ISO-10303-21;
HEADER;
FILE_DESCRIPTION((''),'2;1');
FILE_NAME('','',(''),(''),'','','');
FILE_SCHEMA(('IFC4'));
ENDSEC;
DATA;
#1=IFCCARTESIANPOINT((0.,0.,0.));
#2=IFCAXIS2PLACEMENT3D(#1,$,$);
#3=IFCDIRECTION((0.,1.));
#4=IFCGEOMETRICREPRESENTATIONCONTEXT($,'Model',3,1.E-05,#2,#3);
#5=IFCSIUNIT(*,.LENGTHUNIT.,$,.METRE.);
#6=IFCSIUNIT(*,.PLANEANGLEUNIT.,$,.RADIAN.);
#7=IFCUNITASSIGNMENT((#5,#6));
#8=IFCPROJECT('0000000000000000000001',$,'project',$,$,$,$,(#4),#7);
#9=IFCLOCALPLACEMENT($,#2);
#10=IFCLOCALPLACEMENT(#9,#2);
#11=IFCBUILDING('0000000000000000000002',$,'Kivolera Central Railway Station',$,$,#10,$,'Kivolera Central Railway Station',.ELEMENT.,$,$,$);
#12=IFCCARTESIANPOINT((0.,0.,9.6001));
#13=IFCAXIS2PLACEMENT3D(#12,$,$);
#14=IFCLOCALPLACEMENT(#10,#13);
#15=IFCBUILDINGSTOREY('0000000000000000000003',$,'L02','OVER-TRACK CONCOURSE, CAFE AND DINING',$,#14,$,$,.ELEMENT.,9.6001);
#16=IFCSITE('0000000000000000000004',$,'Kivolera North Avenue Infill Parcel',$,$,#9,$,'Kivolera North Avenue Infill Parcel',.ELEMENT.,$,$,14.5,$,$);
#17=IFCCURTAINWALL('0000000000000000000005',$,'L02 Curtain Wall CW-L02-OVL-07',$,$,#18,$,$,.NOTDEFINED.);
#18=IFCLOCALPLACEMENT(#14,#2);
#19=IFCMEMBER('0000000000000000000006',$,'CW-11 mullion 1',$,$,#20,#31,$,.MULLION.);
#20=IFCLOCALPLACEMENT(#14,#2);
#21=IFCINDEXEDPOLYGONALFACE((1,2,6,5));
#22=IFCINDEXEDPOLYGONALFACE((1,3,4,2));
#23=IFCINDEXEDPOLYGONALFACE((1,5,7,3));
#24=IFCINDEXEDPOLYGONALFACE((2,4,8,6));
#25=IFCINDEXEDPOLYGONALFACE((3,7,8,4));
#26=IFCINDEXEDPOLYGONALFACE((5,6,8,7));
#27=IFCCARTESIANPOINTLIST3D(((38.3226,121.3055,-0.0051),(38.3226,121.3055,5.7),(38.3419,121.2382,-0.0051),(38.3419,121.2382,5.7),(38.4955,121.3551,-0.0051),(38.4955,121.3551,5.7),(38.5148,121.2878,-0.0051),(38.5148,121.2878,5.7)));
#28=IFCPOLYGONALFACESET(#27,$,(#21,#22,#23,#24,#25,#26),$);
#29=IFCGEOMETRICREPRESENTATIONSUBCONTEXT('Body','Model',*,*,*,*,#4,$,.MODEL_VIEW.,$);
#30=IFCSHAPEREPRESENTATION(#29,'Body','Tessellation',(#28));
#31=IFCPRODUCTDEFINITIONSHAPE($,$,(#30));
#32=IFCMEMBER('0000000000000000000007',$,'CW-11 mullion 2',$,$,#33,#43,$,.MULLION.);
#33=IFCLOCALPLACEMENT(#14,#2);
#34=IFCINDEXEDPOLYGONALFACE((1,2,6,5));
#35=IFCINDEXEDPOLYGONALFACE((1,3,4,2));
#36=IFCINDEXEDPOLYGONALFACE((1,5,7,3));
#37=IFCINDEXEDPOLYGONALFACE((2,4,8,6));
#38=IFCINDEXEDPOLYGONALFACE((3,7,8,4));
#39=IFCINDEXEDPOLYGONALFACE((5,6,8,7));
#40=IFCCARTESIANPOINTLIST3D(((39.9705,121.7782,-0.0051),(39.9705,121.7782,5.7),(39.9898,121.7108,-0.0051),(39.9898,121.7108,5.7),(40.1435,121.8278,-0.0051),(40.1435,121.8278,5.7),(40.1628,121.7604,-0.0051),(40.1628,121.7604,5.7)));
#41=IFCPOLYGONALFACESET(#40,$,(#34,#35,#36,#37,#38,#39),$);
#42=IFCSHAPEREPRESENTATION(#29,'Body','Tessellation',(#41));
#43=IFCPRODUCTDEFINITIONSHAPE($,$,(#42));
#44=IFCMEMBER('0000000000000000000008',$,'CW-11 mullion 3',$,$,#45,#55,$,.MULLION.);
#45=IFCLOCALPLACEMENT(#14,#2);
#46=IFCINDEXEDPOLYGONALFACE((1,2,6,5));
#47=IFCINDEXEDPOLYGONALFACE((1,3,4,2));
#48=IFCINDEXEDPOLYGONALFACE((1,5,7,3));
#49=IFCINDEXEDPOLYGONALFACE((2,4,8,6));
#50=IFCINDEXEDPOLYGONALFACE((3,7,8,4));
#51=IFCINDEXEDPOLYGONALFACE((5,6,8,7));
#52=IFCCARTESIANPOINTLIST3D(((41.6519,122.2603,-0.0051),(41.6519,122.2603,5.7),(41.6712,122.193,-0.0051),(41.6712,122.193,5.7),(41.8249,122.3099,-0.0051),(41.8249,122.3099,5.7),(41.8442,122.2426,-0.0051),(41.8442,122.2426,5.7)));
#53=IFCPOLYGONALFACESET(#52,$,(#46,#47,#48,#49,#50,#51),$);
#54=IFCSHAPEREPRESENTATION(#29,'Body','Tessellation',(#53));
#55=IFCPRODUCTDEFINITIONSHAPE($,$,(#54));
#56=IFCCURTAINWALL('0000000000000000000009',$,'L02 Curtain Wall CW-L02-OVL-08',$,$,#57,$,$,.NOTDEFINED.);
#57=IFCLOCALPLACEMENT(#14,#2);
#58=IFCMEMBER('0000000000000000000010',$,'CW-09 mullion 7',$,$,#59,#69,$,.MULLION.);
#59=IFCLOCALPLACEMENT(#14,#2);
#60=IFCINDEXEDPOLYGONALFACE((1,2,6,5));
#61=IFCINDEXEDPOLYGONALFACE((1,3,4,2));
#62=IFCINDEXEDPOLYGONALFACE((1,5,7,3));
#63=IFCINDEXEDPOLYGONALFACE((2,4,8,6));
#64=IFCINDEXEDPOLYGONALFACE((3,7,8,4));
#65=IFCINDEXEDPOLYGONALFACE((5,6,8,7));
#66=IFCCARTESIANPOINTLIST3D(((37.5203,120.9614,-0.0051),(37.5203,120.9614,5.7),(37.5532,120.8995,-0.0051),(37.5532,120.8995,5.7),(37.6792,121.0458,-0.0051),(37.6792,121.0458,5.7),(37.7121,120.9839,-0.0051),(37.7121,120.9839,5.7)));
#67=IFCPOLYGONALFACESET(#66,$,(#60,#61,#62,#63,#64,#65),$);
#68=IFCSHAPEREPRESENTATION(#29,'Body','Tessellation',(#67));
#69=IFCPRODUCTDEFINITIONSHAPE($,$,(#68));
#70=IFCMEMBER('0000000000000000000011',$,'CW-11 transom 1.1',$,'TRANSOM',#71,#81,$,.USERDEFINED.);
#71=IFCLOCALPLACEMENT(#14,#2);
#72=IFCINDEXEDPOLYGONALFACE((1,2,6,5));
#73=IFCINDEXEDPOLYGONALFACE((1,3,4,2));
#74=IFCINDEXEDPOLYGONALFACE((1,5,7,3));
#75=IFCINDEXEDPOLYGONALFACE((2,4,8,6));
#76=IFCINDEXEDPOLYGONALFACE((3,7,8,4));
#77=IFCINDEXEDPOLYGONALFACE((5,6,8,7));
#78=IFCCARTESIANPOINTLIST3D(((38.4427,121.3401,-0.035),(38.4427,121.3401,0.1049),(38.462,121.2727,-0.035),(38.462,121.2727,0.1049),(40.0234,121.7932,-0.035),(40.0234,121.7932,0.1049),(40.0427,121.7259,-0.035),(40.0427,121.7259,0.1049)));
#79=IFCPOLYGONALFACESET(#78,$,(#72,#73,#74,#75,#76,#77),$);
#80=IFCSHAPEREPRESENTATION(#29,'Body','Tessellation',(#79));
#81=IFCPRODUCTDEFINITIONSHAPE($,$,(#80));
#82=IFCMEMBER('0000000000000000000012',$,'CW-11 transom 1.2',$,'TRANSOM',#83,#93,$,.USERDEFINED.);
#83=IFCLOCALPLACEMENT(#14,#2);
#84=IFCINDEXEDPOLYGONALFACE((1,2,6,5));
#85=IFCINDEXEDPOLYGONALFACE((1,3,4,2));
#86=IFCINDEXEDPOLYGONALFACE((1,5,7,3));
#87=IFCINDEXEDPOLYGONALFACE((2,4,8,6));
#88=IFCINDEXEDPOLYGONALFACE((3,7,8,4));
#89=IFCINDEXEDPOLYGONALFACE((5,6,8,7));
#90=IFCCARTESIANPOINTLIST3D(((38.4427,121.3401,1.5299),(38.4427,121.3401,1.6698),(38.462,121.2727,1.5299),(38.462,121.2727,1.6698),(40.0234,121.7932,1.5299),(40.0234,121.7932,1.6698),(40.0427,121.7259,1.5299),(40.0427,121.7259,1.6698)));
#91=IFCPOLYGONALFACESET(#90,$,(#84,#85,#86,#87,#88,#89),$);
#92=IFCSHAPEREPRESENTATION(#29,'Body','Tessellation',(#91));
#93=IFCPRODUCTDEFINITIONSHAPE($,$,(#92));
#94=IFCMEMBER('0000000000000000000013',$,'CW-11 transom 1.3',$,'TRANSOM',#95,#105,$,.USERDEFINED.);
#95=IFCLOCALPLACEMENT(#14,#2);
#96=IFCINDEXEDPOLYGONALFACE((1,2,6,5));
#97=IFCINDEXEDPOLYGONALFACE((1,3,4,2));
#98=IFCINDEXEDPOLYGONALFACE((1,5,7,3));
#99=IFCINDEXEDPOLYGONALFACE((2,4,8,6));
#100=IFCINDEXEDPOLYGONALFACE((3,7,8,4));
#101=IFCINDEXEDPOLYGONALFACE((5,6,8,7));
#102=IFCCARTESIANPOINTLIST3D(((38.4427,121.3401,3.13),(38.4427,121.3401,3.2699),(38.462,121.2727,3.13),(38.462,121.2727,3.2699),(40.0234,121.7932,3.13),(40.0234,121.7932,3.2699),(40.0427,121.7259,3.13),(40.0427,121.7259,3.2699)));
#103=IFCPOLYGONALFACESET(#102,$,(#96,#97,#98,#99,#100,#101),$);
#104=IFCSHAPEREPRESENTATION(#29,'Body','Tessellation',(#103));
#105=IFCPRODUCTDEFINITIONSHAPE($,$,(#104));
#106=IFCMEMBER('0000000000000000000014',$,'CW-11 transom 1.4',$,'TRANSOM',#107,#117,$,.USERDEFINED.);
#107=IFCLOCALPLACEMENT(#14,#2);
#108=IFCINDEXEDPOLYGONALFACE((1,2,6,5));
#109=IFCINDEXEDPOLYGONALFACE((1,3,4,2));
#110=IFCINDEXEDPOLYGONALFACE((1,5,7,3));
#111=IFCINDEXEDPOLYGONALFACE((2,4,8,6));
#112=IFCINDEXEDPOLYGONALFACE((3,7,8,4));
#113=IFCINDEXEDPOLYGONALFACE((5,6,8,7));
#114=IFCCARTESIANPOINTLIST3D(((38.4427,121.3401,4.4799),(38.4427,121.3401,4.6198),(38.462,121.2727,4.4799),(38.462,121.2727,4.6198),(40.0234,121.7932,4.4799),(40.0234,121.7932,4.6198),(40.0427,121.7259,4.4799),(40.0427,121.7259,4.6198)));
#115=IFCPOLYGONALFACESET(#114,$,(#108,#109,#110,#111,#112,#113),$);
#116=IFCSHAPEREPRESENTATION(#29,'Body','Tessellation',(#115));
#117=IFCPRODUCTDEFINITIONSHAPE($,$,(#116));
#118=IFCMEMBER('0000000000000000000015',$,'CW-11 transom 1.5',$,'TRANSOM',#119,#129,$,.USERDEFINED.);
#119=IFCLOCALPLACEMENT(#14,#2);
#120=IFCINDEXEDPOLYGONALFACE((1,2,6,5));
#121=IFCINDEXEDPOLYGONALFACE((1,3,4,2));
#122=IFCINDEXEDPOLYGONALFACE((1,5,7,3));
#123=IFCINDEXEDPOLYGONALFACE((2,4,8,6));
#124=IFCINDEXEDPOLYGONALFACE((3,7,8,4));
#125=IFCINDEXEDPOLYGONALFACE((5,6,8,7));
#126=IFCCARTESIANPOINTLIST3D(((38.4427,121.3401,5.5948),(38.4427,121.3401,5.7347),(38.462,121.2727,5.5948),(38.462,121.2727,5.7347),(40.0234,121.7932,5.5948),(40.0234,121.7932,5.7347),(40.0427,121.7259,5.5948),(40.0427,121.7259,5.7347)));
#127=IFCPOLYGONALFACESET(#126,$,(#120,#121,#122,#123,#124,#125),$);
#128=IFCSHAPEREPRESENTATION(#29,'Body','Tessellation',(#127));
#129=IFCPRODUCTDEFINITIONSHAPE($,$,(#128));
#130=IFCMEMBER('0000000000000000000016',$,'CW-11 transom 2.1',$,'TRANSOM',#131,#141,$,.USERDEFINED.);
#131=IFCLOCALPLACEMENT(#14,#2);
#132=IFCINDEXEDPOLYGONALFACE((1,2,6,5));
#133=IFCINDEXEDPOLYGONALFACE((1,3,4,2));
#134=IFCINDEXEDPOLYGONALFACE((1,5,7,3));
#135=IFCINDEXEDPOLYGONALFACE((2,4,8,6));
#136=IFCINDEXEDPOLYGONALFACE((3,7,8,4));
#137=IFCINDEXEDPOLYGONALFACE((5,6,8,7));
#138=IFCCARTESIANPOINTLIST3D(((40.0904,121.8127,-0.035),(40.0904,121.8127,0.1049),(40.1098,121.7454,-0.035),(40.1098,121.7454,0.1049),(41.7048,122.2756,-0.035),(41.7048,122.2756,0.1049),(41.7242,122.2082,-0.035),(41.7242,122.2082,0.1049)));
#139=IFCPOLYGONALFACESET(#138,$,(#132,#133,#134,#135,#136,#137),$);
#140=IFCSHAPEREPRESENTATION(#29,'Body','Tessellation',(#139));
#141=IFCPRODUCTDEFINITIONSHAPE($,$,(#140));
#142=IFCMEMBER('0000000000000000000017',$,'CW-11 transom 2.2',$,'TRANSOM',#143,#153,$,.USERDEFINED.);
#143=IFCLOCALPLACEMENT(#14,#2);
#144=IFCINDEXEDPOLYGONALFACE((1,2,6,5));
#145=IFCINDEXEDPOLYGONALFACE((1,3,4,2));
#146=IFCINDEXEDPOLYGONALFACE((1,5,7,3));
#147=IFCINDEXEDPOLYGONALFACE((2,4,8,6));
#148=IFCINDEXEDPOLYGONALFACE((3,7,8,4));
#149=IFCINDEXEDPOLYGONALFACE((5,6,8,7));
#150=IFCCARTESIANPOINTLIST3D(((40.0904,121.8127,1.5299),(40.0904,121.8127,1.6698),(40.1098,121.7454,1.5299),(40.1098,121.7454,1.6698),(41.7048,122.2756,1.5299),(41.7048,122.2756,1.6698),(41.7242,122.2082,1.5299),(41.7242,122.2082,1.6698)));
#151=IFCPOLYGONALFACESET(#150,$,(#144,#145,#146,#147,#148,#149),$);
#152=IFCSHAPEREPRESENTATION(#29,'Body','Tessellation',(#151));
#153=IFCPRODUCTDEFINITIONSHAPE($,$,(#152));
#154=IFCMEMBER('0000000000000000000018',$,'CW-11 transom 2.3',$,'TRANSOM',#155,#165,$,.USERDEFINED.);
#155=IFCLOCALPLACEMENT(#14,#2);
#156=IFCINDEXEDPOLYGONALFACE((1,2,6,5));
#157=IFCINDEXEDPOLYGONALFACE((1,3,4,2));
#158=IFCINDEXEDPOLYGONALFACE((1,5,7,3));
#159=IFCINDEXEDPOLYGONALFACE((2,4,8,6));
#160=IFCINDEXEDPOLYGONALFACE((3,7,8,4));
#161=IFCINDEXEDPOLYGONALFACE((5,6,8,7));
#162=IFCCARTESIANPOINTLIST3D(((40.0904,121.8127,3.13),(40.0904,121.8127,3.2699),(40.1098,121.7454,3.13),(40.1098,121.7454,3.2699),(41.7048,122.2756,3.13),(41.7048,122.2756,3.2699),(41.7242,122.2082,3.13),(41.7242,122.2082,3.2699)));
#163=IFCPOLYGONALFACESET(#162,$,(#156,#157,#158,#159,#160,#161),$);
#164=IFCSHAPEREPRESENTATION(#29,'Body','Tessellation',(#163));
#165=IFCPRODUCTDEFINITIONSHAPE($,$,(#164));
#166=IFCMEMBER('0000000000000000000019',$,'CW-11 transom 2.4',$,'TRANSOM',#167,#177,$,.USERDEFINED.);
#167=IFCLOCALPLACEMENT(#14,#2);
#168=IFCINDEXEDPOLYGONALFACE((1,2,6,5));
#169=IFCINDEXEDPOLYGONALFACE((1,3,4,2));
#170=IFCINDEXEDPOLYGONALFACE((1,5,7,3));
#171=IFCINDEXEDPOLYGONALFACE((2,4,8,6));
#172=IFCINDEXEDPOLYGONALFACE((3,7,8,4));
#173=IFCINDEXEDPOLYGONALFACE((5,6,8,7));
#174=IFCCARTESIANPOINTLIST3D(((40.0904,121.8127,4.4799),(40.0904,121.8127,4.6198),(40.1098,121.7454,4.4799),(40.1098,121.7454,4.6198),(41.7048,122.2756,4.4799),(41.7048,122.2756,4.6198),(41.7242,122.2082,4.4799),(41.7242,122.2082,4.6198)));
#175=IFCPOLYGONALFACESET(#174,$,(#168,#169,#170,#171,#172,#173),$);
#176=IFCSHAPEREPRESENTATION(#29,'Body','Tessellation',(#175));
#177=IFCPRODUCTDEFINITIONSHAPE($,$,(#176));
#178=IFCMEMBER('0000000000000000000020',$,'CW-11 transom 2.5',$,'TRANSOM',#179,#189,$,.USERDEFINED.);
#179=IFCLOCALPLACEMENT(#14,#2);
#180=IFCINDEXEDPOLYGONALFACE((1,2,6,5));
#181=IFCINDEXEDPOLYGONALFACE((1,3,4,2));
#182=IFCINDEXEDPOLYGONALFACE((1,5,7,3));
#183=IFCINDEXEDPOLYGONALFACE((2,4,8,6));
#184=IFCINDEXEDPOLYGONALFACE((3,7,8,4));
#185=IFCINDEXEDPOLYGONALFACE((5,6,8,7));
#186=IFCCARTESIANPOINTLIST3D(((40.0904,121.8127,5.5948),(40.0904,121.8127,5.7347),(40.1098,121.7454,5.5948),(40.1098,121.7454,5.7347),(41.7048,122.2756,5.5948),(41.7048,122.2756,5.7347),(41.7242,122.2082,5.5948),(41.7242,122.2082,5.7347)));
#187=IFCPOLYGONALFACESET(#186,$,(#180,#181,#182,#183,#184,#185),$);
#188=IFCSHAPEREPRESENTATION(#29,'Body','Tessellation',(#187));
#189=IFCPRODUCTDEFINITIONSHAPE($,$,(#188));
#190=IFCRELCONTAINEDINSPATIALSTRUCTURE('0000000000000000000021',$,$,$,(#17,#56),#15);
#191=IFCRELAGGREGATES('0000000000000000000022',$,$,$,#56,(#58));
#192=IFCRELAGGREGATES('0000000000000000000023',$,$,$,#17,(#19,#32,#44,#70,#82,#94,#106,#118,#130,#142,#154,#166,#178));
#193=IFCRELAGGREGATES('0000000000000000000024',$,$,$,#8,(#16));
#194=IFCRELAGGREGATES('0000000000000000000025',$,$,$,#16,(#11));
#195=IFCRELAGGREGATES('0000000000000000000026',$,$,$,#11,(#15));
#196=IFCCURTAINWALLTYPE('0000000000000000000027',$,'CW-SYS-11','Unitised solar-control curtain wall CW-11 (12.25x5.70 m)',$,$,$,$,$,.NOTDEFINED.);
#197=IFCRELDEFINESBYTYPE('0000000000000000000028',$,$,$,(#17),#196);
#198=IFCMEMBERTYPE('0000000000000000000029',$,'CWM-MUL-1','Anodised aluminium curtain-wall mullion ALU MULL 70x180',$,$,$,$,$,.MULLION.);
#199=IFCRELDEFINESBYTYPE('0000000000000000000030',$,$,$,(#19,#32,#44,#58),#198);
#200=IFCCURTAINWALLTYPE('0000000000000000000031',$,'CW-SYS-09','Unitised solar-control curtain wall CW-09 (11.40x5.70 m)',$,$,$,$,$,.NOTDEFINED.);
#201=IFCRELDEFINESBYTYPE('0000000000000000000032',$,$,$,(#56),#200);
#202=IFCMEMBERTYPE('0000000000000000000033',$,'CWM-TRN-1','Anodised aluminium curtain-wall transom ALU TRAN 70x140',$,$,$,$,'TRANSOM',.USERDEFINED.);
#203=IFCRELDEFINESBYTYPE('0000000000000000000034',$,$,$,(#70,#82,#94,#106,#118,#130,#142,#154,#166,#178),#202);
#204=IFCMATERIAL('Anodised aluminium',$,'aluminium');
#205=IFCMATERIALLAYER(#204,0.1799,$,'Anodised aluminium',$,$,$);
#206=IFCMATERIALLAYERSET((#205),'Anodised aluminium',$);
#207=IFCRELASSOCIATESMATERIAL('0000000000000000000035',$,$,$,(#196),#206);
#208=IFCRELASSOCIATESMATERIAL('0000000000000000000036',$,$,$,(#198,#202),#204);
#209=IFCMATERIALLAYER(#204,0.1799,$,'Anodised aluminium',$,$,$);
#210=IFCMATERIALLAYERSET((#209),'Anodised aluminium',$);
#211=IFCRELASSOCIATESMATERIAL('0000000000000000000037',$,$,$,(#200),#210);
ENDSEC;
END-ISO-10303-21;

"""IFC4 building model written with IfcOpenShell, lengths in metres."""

from ifc_helpers import new_model, si_unit, direction, frame, origin, origin_2d, place, context, subcontext, project, spatial, rectangle, extrude, material, layer, layer_set, material_profile, profile_set, type_object, element, aggregate, save


model = new_model("IFC4")

# Units and contexts
model_context = context("Model", 3, precision=1e-05, world=origin(), true_north=direction((0.0, 1.0)))
body_context = subcontext(model_context, "Body", "Model", "MODEL_VIEW")
ifc_project = project(units=[si_unit("LENGTHUNIT", "METRE"), si_unit("PLANEANGLEUNIT", "RADIAN")], contexts=[model_context])

# Site, building, storey
site_placement = place(None, origin())
site = spatial("IfcSite", under=ifc_project, at=site_placement, Name="Kivolera North Avenue Infill Parcel", LongName="Kivolera North Avenue Infill Parcel", CompositionType="ELEMENT", RefElevation=14.5)
building_placement = place(site_placement, origin())
building = spatial("IfcBuilding", under=site, at=building_placement, Name="Kivolera Central Railway Station", LongName="Kivolera Central Railway Station", CompositionType="ELEMENT")
storey_placement = place(building_placement, frame((0.0, 0.0, 9.6001)))
storey = spatial("IfcBuildingStorey", under=building, at=storey_placement, Name="L02", Description="OVER-TRACK CONCOURSE, CAFE AND DINING", CompositionType="ELEMENT", Elevation=9.6001)

# Curtain wall, members
ifc_material_1 = material(Name="Anodised aluminium", Category="aluminium")
ifc_layer_1 = layer(ifc_material_1, 0.1799, Name="Anodised aluminium")
ifc_layer_set_1 = layer_set([ifc_layer_1], Name="Anodised aluminium")
curtain_wall_type_1 = type_object("IfcCurtainWallType", Name="CW-SYS-11", Description="Unitised solar-control curtain wall CW-11 (12.25x5.70 m)", PredefinedType="NOTDEFINED", material=ifc_layer_set_1)
curtain_wall_1_placement = place(storey_placement, origin())
curtain_wall_1 = element("IfcCurtainWall", 1, at=curtain_wall_1_placement, inside=storey, type_object=curtain_wall_type_1, Name="L02 Curtain Wall CW-L02-OVL-07", PredefinedType="NOTDEFINED")
ifc_material_profile_1 = material_profile(ifc_material_1, rectangle(XDim=0.0701, YDim=0.1799, at=origin_2d()), Name="ALU MULL 70x180")
ifc_profile_set_1 = profile_set([ifc_material_profile_1], Name="Anodised aluminium")
member_type_1 = type_object("IfcMemberType", Name="CWM-MUL-1", Description="Anodised aluminium curtain-wall mullion ALU MULL 70x180", PredefinedType="MULLION", material=ifc_profile_set_1)
member_1_placement = place(storey_placement, frame((38.4187, 121.2966, -0.0051), z_axis=(0.0, 0.0, 1.0), x_axis=(-0.275692, 0.961246, 0.0)))
member_1 = element("IfcMember", 2, at=member_1_placement, type_object=member_type_1, Name="CW-11 mullion 1", PredefinedType="MULLION", context=body_context, shape_type="SweptSolid", body=[
    extrude(rectangle(XDim=0.0701, YDim=0.1799, at=origin_2d()), origin(), (0.0, 0.0, 1.0), 5.7051),
])
member_2_placement = place(storey_placement, frame((40.0667, 121.7693, -0.0051), z_axis=(0.0, 0.0, 1.0), x_axis=(-0.275692, 0.961246, 0.0)))
member_2 = element("IfcMember", 3, at=member_2_placement, type_object=member_type_1, Name="CW-11 mullion 2", PredefinedType="MULLION", context=body_context, shape_type="SweptSolid", body=[
    extrude(rectangle(XDim=0.0701, YDim=0.1799, at=origin_2d()), origin(), (0.0, 0.0, 1.0), 5.7051),
])
member_3_placement = place(storey_placement, frame((41.748, 122.2515, -0.0051), z_axis=(0.0, 0.0, 1.0), x_axis=(-0.275692, 0.961246, 0.0)))
member_3 = element("IfcMember", 4, at=member_3_placement, type_object=member_type_1, Name="CW-11 mullion 3", PredefinedType="MULLION", context=body_context, shape_type="SweptSolid", body=[
    extrude(rectangle(XDim=0.0701, YDim=0.1799, at=origin_2d()), origin(), (0.0, 0.0, 1.0), 5.7051),
])

# Curtain wall, member
ifc_layer_2 = layer(ifc_material_1, 0.1799, Name="Anodised aluminium")
ifc_layer_set_2 = layer_set([ifc_layer_2], Name="Anodised aluminium")
curtain_wall_type_2 = type_object("IfcCurtainWallType", Name="CW-SYS-09", Description="Unitised solar-control curtain wall CW-09 (11.40x5.70 m)", PredefinedType="NOTDEFINED", material=ifc_layer_set_2)
curtain_wall_2_placement = place(storey_placement, origin())
curtain_wall_2 = element("IfcCurtainWall", 5, at=curtain_wall_2_placement, inside=storey, type_object=curtain_wall_type_2, Name="L02 Curtain Wall CW-L02-OVL-08", PredefinedType="NOTDEFINED")
member_4_placement = place(storey_placement, frame((37.6162, 120.9727, -0.0051), z_axis=(0.0, 0.0, 1.0), x_axis=(-0.469053, 0.88317, 0.0)))
member_4 = element("IfcMember", 6, at=member_4_placement, type_object=member_type_1, Name="CW-09 mullion 7", PredefinedType="MULLION", context=body_context, shape_type="SweptSolid", body=[
    extrude(rectangle(XDim=0.0701, YDim=0.1799, at=origin_2d()), origin(), (0.0, 0.0, 1.0), 5.7051),
])

# Members
ifc_material_profile_2 = material_profile(ifc_material_1, rectangle(XDim=0.0701, YDim=0.1399, at=origin_2d()), Name="ALU TRAN 70x140")
ifc_profile_set_2 = profile_set([ifc_material_profile_2], Name="Anodised aluminium")
member_type_2 = type_object("IfcMemberType", Name="CWM-TRN-1", Description="Anodised aluminium curtain-wall transom ALU TRAN 70x140", ElementType="TRANSOM", PredefinedType="USERDEFINED", material=ifc_profile_set_2)
member_5_placement = place(storey_placement, frame((38.4524, 121.3064, 0.0349), z_axis=(0.961277, 0.275584, 0.0), x_axis=(-0.275584, 0.961277, 0.0)))
member_5 = element("IfcMember", 7, at=member_5_placement, type_object=member_type_2, Name="CW-11 transom 1.1", ObjectType="TRANSOM", PredefinedType="USERDEFINED", context=body_context, shape_type="SweptSolid", body=[
    extrude(rectangle(XDim=0.0701, YDim=0.1399, at=origin_2d()), origin(), (0.0, 0.0, 1.0), 1.6443),
])
member_6_placement = place(storey_placement, frame((38.4524, 121.3064, 1.5999), z_axis=(0.961277, 0.275584, 0.0), x_axis=(-0.275584, 0.961277, 0.0)))
member_6 = element("IfcMember", 8, at=member_6_placement, type_object=member_type_2, Name="CW-11 transom 1.2", ObjectType="TRANSOM", PredefinedType="USERDEFINED", context=body_context, shape_type="SweptSolid", body=[
    extrude(rectangle(XDim=0.0701, YDim=0.1399, at=origin_2d()), origin(), (0.0, 0.0, 1.0), 1.6443),
])
member_7_placement = place(storey_placement, frame((38.4524, 121.3064, 3.2), z_axis=(0.961277, 0.275584, 0.0), x_axis=(-0.275584, 0.961277, 0.0)))
member_7 = element("IfcMember", 9, at=member_7_placement, type_object=member_type_2, Name="CW-11 transom 1.3", ObjectType="TRANSOM", PredefinedType="USERDEFINED", context=body_context, shape_type="SweptSolid", body=[
    extrude(rectangle(XDim=0.0701, YDim=0.1399, at=origin_2d()), origin(), (0.0, 0.0, 1.0), 1.6443),
])
member_8_placement = place(storey_placement, frame((38.4524, 121.3064, 4.5498), z_axis=(0.961277, 0.275584, 0.0), x_axis=(-0.275584, 0.961277, 0.0)))
member_8 = element("IfcMember", 10, at=member_8_placement, type_object=member_type_2, Name="CW-11 transom 1.4", ObjectType="TRANSOM", PredefinedType="USERDEFINED", context=body_context, shape_type="SweptSolid", body=[
    extrude(rectangle(XDim=0.0701, YDim=0.1399, at=origin_2d()), origin(), (0.0, 0.0, 1.0), 1.6443),
])
member_9_placement = place(storey_placement, frame((38.4524, 121.3064, 5.6648), z_axis=(0.961277, 0.275584, 0.0), x_axis=(-0.275584, 0.961277, 0.0)))
member_9 = element("IfcMember", 11, at=member_9_placement, type_object=member_type_2, Name="CW-11 transom 1.5", ObjectType="TRANSOM", PredefinedType="USERDEFINED", context=body_context, shape_type="SweptSolid", body=[
    extrude(rectangle(XDim=0.0701, YDim=0.1399, at=origin_2d()), origin(), (0.0, 0.0, 1.0), 1.6443),
])
member_10_placement = place(storey_placement, frame((40.1001, 121.7791, 0.0349), z_axis=(0.961271, 0.275604, 0.0), x_axis=(-0.275604, 0.961271, 0.0)))
member_10 = element("IfcMember", 12, at=member_10_placement, type_object=member_type_2, Name="CW-11 transom 2.1", ObjectType="TRANSOM", PredefinedType="USERDEFINED", context=body_context, shape_type="SweptSolid", body=[
    extrude(rectangle(XDim=0.0701, YDim=0.1399, at=origin_2d()), origin(), (0.0, 0.0, 1.0), 1.6794),
])
member_11_placement = place(storey_placement, frame((40.1001, 121.7791, 1.5999), z_axis=(0.961271, 0.275604, 0.0), x_axis=(-0.275604, 0.961271, 0.0)))
member_11 = element("IfcMember", 13, at=member_11_placement, type_object=member_type_2, Name="CW-11 transom 2.2", ObjectType="TRANSOM", PredefinedType="USERDEFINED", context=body_context, shape_type="SweptSolid", body=[
    extrude(rectangle(XDim=0.0701, YDim=0.1399, at=origin_2d()), origin(), (0.0, 0.0, 1.0), 1.6794),
])
member_12_placement = place(storey_placement, frame((40.1001, 121.7791, 3.2), z_axis=(0.961271, 0.275604, 0.0), x_axis=(-0.275604, 0.961271, 0.0)))
member_12 = element("IfcMember", 14, at=member_12_placement, type_object=member_type_2, Name="CW-11 transom 2.3", ObjectType="TRANSOM", PredefinedType="USERDEFINED", context=body_context, shape_type="SweptSolid", body=[
    extrude(rectangle(XDim=0.0701, YDim=0.1399, at=origin_2d()), origin(), (0.0, 0.0, 1.0), 1.6794),
])
member_13_placement = place(storey_placement, frame((40.1001, 121.7791, 4.5498), z_axis=(0.961271, 0.275604, 0.0), x_axis=(-0.275604, 0.961271, 0.0)))
member_13 = element("IfcMember", 15, at=member_13_placement, type_object=member_type_2, Name="CW-11 transom 2.4", ObjectType="TRANSOM", PredefinedType="USERDEFINED", context=body_context, shape_type="SweptSolid", body=[
    extrude(rectangle(XDim=0.0701, YDim=0.1399, at=origin_2d()), origin(), (0.0, 0.0, 1.0), 1.6794),
])
member_14_placement = place(storey_placement, frame((40.1001, 121.7791, 5.6648), z_axis=(0.961271, 0.275604, 0.0), x_axis=(-0.275604, 0.961271, 0.0)))
member_14 = element("IfcMember", 16, at=member_14_placement, type_object=member_type_2, Name="CW-11 transom 2.5", ObjectType="TRANSOM", PredefinedType="USERDEFINED", context=body_context, shape_type="SweptSolid", body=[
    extrude(rectangle(XDim=0.0701, YDim=0.1399, at=origin_2d()), origin(), (0.0, 0.0, 1.0), 1.6794),
])

aggregate(curtain_wall_2, [member_4])
aggregate(curtain_wall_1, [member_1, member_2, member_3, member_5, member_6, member_7, member_8, member_9, member_10, member_11, member_12, member_13, member_14])

save(model, "model.ifc")
